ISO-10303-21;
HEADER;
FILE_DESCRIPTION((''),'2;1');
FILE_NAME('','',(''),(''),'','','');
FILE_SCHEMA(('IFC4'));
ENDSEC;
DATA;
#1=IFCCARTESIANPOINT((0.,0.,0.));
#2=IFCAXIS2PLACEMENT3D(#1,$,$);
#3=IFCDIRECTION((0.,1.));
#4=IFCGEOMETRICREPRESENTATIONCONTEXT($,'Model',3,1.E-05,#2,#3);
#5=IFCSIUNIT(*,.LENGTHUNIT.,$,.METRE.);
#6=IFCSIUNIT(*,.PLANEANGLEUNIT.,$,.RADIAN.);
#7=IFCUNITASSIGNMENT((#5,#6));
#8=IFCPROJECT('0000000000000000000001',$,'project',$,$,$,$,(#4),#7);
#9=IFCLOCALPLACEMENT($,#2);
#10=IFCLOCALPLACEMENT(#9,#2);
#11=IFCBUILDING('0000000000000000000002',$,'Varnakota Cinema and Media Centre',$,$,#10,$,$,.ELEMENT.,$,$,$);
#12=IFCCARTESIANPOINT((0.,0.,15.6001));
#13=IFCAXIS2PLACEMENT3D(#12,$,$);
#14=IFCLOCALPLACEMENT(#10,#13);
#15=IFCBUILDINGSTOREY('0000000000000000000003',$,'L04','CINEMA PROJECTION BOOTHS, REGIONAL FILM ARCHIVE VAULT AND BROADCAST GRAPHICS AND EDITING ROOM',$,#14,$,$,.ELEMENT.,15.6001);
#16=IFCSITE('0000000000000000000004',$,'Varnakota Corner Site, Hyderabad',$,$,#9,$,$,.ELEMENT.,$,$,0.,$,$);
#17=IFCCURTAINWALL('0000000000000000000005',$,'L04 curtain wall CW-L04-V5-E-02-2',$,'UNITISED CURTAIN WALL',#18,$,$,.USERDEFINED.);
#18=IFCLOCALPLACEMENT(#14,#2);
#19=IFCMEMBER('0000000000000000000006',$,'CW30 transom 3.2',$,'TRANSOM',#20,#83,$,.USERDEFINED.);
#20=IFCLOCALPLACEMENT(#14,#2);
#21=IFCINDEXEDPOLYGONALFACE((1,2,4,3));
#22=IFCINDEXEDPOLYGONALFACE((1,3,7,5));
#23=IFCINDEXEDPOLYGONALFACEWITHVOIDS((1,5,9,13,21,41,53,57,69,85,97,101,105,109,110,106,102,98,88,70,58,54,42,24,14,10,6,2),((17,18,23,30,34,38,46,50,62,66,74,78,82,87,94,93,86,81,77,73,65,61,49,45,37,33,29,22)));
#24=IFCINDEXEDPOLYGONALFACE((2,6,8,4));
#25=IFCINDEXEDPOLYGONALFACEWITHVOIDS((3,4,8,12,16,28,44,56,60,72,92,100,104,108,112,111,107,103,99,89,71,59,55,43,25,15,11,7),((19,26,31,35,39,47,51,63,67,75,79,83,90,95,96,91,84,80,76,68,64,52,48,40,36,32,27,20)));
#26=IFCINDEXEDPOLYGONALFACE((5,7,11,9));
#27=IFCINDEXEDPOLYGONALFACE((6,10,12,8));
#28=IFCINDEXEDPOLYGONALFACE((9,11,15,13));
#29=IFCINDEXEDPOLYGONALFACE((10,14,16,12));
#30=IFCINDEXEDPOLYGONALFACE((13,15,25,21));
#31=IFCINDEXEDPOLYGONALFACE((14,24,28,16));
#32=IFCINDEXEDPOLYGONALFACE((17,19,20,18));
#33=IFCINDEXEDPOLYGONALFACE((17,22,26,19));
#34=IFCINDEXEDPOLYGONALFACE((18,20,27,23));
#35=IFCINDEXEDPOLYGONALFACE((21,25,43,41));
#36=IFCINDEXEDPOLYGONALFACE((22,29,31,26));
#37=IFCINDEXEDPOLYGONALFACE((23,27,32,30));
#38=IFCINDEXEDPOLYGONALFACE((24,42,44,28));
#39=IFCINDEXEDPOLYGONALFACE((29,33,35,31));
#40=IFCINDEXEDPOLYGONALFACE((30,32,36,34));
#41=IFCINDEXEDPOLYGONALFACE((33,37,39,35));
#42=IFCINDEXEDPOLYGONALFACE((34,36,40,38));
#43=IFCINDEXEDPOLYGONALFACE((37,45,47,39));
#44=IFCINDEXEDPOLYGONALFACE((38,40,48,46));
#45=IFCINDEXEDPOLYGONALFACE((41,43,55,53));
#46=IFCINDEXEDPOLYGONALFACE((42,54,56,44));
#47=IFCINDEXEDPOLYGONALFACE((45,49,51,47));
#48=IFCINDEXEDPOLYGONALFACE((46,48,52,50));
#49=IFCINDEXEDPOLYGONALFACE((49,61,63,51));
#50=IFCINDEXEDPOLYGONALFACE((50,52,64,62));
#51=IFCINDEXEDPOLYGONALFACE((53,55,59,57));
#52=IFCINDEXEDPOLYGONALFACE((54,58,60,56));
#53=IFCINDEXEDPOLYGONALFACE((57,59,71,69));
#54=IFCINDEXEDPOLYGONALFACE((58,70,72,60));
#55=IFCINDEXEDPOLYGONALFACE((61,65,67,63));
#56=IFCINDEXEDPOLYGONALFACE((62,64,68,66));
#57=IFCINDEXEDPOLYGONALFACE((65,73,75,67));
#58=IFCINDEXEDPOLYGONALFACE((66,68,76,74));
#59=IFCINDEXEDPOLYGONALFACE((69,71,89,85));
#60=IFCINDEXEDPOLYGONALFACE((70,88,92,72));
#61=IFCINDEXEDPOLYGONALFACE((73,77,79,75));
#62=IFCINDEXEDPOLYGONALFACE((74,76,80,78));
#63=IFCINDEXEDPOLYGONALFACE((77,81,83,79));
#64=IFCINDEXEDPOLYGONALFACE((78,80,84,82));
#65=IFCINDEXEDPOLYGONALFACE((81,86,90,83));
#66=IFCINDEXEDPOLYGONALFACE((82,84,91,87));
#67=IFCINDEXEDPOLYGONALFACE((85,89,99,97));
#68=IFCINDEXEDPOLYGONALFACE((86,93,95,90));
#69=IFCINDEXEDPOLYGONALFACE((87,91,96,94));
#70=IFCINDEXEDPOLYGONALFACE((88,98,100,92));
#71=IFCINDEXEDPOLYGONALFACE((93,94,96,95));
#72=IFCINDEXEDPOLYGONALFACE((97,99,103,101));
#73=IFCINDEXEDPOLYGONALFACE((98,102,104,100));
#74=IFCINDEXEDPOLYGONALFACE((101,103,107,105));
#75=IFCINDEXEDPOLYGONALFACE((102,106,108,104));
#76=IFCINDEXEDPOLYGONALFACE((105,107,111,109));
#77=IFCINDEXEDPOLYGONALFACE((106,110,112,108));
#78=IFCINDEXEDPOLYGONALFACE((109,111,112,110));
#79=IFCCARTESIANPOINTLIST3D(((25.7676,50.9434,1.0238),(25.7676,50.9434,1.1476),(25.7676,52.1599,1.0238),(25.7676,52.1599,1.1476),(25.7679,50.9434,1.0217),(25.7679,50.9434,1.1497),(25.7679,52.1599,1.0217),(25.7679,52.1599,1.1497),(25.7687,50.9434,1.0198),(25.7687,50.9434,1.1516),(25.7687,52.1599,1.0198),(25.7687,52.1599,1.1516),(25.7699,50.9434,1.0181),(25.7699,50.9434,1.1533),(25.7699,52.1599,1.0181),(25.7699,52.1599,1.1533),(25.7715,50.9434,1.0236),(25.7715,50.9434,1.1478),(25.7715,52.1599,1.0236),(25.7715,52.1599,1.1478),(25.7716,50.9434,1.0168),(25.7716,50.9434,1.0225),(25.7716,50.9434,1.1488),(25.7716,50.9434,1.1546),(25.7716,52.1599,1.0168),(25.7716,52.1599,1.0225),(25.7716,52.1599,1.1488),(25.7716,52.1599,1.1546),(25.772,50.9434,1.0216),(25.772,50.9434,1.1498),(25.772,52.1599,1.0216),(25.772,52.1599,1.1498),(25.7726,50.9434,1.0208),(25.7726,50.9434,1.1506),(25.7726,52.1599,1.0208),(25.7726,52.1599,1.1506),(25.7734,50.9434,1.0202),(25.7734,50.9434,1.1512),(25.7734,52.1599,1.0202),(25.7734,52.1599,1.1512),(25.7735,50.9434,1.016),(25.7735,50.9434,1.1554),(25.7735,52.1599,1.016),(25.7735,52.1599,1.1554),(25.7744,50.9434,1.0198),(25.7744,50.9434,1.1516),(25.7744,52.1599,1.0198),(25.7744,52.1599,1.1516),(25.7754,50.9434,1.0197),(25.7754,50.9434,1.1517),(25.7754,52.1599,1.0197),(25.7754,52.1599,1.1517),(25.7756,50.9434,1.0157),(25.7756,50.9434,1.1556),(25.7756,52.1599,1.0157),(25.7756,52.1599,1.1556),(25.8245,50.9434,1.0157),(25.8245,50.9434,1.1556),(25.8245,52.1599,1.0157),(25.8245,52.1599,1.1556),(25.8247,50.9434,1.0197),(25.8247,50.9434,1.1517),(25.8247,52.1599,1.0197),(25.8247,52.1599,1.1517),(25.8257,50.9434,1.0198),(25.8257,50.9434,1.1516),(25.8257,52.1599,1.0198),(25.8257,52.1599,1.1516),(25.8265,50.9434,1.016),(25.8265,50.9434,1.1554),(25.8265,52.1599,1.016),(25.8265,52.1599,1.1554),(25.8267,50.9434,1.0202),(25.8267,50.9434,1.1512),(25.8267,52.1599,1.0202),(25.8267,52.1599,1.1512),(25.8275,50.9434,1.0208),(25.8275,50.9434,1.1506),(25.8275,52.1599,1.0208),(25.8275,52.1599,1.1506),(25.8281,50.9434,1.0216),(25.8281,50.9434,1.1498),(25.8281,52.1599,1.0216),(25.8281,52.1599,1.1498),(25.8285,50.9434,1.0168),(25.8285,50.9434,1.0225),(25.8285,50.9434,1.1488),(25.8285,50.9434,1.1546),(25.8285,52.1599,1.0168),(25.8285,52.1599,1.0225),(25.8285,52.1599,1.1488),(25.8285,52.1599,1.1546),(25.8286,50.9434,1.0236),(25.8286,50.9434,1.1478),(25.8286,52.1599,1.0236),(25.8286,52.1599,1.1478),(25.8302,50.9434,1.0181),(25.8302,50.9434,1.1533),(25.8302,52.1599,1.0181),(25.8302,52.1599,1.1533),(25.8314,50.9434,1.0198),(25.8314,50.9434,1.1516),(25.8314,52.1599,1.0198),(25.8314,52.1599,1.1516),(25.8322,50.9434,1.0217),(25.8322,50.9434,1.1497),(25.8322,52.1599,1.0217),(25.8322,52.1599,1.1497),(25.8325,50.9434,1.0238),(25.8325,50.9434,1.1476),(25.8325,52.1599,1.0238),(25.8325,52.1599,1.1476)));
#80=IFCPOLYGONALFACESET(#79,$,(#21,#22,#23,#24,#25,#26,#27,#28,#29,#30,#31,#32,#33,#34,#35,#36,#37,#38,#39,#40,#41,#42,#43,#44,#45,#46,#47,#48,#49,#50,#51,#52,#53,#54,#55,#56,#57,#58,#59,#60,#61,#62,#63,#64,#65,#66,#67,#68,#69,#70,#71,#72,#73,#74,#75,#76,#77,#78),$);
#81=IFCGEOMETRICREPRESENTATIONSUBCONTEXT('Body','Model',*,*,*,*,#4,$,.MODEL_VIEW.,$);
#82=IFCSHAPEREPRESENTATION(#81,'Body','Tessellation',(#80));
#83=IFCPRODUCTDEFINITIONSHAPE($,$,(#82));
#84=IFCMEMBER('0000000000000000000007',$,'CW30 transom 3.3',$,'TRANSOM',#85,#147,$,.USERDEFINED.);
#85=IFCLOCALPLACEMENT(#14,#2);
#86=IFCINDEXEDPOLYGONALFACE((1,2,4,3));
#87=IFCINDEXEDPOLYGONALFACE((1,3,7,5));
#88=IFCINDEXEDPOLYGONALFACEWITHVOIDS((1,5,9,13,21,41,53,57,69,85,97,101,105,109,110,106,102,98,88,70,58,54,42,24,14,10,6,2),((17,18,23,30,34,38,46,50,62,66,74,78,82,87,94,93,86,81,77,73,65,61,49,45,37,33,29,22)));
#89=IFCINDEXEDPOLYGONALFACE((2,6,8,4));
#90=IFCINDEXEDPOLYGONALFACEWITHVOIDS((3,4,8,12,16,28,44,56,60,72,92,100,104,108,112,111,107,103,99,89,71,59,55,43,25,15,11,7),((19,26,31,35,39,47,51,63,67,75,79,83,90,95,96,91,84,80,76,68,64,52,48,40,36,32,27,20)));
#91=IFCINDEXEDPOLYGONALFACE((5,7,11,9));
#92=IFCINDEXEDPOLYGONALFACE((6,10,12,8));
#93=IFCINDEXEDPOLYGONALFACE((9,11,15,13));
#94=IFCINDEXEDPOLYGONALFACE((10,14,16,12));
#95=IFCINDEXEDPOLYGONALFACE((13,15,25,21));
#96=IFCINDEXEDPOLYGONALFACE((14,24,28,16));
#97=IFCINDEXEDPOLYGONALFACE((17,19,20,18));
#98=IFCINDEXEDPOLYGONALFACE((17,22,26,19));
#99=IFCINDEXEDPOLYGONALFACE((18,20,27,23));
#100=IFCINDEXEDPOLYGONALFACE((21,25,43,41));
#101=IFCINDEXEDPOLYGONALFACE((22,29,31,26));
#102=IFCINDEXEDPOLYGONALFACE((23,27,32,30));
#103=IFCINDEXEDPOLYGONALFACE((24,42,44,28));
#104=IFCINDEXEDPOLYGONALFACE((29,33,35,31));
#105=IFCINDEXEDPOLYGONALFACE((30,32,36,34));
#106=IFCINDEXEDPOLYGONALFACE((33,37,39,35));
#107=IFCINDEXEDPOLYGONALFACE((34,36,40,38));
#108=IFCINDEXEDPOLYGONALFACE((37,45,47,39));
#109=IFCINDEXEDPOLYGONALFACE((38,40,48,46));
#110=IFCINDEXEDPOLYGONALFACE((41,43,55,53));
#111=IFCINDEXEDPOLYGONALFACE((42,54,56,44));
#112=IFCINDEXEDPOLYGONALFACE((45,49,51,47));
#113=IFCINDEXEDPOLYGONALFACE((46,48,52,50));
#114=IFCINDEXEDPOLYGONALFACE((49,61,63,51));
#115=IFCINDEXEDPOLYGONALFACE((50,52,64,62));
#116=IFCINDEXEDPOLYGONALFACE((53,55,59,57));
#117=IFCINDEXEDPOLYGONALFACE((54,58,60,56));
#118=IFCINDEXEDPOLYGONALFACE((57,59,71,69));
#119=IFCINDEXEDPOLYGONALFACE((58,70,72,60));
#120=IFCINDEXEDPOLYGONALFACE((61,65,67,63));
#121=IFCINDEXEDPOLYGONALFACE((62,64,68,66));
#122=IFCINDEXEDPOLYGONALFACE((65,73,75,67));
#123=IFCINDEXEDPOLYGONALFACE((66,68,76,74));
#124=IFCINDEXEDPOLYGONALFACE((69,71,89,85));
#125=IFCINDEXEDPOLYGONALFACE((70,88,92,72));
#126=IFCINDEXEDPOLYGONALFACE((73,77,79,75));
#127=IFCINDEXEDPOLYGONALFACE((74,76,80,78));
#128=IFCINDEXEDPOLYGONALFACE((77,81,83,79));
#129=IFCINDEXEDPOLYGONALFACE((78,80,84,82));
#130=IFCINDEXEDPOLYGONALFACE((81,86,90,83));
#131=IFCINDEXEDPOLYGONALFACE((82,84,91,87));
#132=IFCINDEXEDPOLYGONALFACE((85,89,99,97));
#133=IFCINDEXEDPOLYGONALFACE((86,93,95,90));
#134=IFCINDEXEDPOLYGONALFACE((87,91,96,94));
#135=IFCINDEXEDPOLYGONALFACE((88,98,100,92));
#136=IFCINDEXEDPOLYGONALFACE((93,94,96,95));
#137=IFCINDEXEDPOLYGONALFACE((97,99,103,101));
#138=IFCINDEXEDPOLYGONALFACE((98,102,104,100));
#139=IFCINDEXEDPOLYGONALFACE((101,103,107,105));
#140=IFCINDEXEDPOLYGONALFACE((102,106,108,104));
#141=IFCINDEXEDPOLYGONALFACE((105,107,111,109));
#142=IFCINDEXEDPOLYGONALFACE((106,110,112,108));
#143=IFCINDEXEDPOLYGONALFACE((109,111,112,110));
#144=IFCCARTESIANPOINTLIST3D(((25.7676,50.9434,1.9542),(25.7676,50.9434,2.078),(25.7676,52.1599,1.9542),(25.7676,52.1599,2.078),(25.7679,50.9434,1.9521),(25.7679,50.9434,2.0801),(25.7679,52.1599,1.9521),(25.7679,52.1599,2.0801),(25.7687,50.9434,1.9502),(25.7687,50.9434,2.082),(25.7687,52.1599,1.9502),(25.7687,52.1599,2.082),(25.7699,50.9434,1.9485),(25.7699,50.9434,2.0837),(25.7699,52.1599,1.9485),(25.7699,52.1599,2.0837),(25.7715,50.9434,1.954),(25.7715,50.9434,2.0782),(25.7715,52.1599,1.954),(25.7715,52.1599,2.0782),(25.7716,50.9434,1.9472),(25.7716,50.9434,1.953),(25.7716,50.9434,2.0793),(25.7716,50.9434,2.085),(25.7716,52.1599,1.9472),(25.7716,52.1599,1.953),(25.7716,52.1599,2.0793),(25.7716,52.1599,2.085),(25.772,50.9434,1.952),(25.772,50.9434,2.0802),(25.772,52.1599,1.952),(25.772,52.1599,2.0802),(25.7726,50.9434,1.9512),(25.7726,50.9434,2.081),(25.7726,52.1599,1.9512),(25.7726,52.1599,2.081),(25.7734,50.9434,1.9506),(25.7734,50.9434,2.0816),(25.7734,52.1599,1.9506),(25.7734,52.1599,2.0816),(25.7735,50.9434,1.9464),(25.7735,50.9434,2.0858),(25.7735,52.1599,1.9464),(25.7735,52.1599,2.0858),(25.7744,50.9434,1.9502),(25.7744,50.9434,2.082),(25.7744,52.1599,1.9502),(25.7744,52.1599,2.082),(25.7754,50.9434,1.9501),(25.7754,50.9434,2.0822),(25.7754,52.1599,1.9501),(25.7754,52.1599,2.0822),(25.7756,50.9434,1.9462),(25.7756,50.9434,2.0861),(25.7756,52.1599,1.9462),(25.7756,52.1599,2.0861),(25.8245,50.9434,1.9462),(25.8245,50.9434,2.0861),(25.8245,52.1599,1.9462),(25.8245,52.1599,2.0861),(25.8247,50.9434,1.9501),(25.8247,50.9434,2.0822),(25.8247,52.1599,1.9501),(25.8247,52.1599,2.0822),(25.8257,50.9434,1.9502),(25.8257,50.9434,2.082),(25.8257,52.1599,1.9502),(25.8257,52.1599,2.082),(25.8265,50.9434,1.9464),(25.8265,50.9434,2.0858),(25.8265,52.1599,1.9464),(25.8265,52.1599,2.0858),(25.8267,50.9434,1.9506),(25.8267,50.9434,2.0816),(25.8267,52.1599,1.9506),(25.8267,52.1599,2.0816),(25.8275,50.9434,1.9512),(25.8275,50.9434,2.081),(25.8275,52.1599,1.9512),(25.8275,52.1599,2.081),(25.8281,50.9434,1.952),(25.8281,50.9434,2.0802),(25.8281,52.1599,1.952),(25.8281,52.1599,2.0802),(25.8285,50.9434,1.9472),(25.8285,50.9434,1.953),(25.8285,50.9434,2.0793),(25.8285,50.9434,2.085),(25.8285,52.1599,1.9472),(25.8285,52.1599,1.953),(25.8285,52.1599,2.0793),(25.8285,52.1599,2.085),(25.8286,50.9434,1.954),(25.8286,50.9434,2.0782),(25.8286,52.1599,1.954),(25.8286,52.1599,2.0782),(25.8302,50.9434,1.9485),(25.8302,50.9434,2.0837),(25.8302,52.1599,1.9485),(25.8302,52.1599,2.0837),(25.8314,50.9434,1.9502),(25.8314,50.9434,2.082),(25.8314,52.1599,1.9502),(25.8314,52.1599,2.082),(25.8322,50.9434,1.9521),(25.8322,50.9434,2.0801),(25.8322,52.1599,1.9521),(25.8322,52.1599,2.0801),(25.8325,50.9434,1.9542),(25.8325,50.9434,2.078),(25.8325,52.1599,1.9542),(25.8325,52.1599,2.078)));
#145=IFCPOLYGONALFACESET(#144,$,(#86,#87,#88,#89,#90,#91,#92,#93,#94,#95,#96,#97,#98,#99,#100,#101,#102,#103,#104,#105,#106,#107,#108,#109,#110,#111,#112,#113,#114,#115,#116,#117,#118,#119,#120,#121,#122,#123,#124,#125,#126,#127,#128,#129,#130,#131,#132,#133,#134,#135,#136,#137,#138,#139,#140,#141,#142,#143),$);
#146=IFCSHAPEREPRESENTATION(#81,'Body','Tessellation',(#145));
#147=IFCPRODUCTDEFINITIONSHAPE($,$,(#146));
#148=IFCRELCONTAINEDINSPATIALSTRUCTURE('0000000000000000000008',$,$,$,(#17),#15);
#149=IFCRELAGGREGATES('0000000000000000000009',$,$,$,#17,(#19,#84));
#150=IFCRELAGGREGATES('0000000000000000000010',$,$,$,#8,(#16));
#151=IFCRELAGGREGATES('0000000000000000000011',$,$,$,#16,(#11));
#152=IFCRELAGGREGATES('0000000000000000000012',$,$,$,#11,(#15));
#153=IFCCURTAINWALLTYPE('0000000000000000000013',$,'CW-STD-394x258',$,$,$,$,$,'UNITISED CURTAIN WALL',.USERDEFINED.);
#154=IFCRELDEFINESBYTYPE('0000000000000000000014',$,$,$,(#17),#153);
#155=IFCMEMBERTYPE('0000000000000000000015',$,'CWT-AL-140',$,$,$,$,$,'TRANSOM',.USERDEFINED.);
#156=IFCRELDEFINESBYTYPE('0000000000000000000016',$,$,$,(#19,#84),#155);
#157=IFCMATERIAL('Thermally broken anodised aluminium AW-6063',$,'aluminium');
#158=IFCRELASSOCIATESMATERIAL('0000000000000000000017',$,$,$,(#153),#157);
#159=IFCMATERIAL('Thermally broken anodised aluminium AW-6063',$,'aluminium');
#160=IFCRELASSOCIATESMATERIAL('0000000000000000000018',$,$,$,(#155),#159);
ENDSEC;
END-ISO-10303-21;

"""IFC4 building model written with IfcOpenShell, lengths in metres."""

from ifc_helpers import new_model, si_unit, direction, frame, origin, origin_2d, place, context, subcontext, project, spatial, hollow_rectangle, extrude, material, material_profile, profile_set, type_object, element, aggregate, save


model = new_model("IFC4")

# Units and contexts
model_context = context("Model", 3, precision=1e-05, world=origin(), true_north=direction((0.0, 1.0)))
body_context = subcontext(model_context, "Body", "Model", "MODEL_VIEW")
ifc_project = project(units=[si_unit("LENGTHUNIT", "METRE"), si_unit("PLANEANGLEUNIT", "RADIAN")], contexts=[model_context])

# Site, building, storey
site_placement = place(None, origin())
site = spatial("IfcSite", under=ifc_project, at=site_placement, Name="Varnakota Corner Site, Hyderabad", CompositionType="ELEMENT", RefElevation=0.0)
building_placement = place(site_placement, origin())
building = spatial("IfcBuilding", under=site, at=building_placement, Name="Varnakota Cinema and Media Centre", CompositionType="ELEMENT")
storey_placement = place(building_placement, frame((0.0, 0.0, 15.6001)))
storey = spatial("IfcBuildingStorey", under=building, at=storey_placement, Name="L04", Description="CINEMA PROJECTION BOOTHS, REGIONAL FILM ARCHIVE VAULT AND BROADCAST GRAPHICS AND EDITING ROOM", CompositionType="ELEMENT", Elevation=15.6001)

# Curtain wall
ifc_material_1 = material(Name="Thermally broken anodised aluminium AW-6063", Category="aluminium")
curtain_wall_type_1 = type_object("IfcCurtainWallType", Name="CW-STD-394x258", ElementType="UNITISED CURTAIN WALL", PredefinedType="USERDEFINED", material=ifc_material_1)
curtain_wall_1_placement = place(storey_placement, origin())
curtain_wall_1 = element("IfcCurtainWall", 1, at=curtain_wall_1_placement, inside=storey, type_object=curtain_wall_type_1, Name="L04 curtain wall CW-L04-V5-E-02-2", ObjectType="UNITISED CURTAIN WALL", PredefinedType="USERDEFINED")

# Members
ifc_material_2 = material(Name="Thermally broken anodised aluminium AW-6063", Category="aluminium")
ifc_material_profile_1 = material_profile(ifc_material_2, hollow_rectangle(XDim=0.0649, YDim=0.1399, WallThickness=0.0039, InnerFilletRadius=0.0039, OuterFilletRadius=0.0081, at=origin_2d()), Name="AL-TRANSOM 140x65x4")
ifc_profile_set_1 = profile_set([ifc_material_profile_1], Name="Thermally broken anodised aluminium AW-6063")
member_type_1 = type_object("IfcMemberType", Name="CWT-AL-140", ElementType="TRANSOM", PredefinedType="USERDEFINED", material=ifc_profile_set_1)
member_1_placement = place(storey_placement, frame((25.8, 50.9434, 1.0857), z_axis=(0.0, 1.0, 0.0), x_axis=(-1.0, 0.0, 0.0)))
member_1 = element("IfcMember", 2, at=member_1_placement, type_object=member_type_1, Name="CW30 transom 3.2", ObjectType="TRANSOM", PredefinedType="USERDEFINED", context=body_context, shape_type="SweptSolid", body=[
    extrude(hollow_rectangle(XDim=0.0649, YDim=0.1399, WallThickness=0.0039, InnerFilletRadius=0.0039, OuterFilletRadius=0.0081, at=origin_2d()), origin(), (0.0, 0.0, 1.0), 1.2166),
])
member_2_placement = place(storey_placement, frame((25.8, 50.9434, 2.0161), z_axis=(0.0, 1.0, 0.0), x_axis=(-1.0, 0.0, 0.0)))
member_2 = element("IfcMember", 3, at=member_2_placement, type_object=member_type_1, Name="CW30 transom 3.3", ObjectType="TRANSOM", PredefinedType="USERDEFINED", context=body_context, shape_type="SweptSolid", body=[
    extrude(hollow_rectangle(XDim=0.0649, YDim=0.1399, WallThickness=0.0039, InnerFilletRadius=0.0039, OuterFilletRadius=0.0081, at=origin_2d()), origin(), (0.0, 0.0, 1.0), 1.2166),
])

aggregate(curtain_wall_1, [member_1, member_2])

save(model, "model.ifc")
